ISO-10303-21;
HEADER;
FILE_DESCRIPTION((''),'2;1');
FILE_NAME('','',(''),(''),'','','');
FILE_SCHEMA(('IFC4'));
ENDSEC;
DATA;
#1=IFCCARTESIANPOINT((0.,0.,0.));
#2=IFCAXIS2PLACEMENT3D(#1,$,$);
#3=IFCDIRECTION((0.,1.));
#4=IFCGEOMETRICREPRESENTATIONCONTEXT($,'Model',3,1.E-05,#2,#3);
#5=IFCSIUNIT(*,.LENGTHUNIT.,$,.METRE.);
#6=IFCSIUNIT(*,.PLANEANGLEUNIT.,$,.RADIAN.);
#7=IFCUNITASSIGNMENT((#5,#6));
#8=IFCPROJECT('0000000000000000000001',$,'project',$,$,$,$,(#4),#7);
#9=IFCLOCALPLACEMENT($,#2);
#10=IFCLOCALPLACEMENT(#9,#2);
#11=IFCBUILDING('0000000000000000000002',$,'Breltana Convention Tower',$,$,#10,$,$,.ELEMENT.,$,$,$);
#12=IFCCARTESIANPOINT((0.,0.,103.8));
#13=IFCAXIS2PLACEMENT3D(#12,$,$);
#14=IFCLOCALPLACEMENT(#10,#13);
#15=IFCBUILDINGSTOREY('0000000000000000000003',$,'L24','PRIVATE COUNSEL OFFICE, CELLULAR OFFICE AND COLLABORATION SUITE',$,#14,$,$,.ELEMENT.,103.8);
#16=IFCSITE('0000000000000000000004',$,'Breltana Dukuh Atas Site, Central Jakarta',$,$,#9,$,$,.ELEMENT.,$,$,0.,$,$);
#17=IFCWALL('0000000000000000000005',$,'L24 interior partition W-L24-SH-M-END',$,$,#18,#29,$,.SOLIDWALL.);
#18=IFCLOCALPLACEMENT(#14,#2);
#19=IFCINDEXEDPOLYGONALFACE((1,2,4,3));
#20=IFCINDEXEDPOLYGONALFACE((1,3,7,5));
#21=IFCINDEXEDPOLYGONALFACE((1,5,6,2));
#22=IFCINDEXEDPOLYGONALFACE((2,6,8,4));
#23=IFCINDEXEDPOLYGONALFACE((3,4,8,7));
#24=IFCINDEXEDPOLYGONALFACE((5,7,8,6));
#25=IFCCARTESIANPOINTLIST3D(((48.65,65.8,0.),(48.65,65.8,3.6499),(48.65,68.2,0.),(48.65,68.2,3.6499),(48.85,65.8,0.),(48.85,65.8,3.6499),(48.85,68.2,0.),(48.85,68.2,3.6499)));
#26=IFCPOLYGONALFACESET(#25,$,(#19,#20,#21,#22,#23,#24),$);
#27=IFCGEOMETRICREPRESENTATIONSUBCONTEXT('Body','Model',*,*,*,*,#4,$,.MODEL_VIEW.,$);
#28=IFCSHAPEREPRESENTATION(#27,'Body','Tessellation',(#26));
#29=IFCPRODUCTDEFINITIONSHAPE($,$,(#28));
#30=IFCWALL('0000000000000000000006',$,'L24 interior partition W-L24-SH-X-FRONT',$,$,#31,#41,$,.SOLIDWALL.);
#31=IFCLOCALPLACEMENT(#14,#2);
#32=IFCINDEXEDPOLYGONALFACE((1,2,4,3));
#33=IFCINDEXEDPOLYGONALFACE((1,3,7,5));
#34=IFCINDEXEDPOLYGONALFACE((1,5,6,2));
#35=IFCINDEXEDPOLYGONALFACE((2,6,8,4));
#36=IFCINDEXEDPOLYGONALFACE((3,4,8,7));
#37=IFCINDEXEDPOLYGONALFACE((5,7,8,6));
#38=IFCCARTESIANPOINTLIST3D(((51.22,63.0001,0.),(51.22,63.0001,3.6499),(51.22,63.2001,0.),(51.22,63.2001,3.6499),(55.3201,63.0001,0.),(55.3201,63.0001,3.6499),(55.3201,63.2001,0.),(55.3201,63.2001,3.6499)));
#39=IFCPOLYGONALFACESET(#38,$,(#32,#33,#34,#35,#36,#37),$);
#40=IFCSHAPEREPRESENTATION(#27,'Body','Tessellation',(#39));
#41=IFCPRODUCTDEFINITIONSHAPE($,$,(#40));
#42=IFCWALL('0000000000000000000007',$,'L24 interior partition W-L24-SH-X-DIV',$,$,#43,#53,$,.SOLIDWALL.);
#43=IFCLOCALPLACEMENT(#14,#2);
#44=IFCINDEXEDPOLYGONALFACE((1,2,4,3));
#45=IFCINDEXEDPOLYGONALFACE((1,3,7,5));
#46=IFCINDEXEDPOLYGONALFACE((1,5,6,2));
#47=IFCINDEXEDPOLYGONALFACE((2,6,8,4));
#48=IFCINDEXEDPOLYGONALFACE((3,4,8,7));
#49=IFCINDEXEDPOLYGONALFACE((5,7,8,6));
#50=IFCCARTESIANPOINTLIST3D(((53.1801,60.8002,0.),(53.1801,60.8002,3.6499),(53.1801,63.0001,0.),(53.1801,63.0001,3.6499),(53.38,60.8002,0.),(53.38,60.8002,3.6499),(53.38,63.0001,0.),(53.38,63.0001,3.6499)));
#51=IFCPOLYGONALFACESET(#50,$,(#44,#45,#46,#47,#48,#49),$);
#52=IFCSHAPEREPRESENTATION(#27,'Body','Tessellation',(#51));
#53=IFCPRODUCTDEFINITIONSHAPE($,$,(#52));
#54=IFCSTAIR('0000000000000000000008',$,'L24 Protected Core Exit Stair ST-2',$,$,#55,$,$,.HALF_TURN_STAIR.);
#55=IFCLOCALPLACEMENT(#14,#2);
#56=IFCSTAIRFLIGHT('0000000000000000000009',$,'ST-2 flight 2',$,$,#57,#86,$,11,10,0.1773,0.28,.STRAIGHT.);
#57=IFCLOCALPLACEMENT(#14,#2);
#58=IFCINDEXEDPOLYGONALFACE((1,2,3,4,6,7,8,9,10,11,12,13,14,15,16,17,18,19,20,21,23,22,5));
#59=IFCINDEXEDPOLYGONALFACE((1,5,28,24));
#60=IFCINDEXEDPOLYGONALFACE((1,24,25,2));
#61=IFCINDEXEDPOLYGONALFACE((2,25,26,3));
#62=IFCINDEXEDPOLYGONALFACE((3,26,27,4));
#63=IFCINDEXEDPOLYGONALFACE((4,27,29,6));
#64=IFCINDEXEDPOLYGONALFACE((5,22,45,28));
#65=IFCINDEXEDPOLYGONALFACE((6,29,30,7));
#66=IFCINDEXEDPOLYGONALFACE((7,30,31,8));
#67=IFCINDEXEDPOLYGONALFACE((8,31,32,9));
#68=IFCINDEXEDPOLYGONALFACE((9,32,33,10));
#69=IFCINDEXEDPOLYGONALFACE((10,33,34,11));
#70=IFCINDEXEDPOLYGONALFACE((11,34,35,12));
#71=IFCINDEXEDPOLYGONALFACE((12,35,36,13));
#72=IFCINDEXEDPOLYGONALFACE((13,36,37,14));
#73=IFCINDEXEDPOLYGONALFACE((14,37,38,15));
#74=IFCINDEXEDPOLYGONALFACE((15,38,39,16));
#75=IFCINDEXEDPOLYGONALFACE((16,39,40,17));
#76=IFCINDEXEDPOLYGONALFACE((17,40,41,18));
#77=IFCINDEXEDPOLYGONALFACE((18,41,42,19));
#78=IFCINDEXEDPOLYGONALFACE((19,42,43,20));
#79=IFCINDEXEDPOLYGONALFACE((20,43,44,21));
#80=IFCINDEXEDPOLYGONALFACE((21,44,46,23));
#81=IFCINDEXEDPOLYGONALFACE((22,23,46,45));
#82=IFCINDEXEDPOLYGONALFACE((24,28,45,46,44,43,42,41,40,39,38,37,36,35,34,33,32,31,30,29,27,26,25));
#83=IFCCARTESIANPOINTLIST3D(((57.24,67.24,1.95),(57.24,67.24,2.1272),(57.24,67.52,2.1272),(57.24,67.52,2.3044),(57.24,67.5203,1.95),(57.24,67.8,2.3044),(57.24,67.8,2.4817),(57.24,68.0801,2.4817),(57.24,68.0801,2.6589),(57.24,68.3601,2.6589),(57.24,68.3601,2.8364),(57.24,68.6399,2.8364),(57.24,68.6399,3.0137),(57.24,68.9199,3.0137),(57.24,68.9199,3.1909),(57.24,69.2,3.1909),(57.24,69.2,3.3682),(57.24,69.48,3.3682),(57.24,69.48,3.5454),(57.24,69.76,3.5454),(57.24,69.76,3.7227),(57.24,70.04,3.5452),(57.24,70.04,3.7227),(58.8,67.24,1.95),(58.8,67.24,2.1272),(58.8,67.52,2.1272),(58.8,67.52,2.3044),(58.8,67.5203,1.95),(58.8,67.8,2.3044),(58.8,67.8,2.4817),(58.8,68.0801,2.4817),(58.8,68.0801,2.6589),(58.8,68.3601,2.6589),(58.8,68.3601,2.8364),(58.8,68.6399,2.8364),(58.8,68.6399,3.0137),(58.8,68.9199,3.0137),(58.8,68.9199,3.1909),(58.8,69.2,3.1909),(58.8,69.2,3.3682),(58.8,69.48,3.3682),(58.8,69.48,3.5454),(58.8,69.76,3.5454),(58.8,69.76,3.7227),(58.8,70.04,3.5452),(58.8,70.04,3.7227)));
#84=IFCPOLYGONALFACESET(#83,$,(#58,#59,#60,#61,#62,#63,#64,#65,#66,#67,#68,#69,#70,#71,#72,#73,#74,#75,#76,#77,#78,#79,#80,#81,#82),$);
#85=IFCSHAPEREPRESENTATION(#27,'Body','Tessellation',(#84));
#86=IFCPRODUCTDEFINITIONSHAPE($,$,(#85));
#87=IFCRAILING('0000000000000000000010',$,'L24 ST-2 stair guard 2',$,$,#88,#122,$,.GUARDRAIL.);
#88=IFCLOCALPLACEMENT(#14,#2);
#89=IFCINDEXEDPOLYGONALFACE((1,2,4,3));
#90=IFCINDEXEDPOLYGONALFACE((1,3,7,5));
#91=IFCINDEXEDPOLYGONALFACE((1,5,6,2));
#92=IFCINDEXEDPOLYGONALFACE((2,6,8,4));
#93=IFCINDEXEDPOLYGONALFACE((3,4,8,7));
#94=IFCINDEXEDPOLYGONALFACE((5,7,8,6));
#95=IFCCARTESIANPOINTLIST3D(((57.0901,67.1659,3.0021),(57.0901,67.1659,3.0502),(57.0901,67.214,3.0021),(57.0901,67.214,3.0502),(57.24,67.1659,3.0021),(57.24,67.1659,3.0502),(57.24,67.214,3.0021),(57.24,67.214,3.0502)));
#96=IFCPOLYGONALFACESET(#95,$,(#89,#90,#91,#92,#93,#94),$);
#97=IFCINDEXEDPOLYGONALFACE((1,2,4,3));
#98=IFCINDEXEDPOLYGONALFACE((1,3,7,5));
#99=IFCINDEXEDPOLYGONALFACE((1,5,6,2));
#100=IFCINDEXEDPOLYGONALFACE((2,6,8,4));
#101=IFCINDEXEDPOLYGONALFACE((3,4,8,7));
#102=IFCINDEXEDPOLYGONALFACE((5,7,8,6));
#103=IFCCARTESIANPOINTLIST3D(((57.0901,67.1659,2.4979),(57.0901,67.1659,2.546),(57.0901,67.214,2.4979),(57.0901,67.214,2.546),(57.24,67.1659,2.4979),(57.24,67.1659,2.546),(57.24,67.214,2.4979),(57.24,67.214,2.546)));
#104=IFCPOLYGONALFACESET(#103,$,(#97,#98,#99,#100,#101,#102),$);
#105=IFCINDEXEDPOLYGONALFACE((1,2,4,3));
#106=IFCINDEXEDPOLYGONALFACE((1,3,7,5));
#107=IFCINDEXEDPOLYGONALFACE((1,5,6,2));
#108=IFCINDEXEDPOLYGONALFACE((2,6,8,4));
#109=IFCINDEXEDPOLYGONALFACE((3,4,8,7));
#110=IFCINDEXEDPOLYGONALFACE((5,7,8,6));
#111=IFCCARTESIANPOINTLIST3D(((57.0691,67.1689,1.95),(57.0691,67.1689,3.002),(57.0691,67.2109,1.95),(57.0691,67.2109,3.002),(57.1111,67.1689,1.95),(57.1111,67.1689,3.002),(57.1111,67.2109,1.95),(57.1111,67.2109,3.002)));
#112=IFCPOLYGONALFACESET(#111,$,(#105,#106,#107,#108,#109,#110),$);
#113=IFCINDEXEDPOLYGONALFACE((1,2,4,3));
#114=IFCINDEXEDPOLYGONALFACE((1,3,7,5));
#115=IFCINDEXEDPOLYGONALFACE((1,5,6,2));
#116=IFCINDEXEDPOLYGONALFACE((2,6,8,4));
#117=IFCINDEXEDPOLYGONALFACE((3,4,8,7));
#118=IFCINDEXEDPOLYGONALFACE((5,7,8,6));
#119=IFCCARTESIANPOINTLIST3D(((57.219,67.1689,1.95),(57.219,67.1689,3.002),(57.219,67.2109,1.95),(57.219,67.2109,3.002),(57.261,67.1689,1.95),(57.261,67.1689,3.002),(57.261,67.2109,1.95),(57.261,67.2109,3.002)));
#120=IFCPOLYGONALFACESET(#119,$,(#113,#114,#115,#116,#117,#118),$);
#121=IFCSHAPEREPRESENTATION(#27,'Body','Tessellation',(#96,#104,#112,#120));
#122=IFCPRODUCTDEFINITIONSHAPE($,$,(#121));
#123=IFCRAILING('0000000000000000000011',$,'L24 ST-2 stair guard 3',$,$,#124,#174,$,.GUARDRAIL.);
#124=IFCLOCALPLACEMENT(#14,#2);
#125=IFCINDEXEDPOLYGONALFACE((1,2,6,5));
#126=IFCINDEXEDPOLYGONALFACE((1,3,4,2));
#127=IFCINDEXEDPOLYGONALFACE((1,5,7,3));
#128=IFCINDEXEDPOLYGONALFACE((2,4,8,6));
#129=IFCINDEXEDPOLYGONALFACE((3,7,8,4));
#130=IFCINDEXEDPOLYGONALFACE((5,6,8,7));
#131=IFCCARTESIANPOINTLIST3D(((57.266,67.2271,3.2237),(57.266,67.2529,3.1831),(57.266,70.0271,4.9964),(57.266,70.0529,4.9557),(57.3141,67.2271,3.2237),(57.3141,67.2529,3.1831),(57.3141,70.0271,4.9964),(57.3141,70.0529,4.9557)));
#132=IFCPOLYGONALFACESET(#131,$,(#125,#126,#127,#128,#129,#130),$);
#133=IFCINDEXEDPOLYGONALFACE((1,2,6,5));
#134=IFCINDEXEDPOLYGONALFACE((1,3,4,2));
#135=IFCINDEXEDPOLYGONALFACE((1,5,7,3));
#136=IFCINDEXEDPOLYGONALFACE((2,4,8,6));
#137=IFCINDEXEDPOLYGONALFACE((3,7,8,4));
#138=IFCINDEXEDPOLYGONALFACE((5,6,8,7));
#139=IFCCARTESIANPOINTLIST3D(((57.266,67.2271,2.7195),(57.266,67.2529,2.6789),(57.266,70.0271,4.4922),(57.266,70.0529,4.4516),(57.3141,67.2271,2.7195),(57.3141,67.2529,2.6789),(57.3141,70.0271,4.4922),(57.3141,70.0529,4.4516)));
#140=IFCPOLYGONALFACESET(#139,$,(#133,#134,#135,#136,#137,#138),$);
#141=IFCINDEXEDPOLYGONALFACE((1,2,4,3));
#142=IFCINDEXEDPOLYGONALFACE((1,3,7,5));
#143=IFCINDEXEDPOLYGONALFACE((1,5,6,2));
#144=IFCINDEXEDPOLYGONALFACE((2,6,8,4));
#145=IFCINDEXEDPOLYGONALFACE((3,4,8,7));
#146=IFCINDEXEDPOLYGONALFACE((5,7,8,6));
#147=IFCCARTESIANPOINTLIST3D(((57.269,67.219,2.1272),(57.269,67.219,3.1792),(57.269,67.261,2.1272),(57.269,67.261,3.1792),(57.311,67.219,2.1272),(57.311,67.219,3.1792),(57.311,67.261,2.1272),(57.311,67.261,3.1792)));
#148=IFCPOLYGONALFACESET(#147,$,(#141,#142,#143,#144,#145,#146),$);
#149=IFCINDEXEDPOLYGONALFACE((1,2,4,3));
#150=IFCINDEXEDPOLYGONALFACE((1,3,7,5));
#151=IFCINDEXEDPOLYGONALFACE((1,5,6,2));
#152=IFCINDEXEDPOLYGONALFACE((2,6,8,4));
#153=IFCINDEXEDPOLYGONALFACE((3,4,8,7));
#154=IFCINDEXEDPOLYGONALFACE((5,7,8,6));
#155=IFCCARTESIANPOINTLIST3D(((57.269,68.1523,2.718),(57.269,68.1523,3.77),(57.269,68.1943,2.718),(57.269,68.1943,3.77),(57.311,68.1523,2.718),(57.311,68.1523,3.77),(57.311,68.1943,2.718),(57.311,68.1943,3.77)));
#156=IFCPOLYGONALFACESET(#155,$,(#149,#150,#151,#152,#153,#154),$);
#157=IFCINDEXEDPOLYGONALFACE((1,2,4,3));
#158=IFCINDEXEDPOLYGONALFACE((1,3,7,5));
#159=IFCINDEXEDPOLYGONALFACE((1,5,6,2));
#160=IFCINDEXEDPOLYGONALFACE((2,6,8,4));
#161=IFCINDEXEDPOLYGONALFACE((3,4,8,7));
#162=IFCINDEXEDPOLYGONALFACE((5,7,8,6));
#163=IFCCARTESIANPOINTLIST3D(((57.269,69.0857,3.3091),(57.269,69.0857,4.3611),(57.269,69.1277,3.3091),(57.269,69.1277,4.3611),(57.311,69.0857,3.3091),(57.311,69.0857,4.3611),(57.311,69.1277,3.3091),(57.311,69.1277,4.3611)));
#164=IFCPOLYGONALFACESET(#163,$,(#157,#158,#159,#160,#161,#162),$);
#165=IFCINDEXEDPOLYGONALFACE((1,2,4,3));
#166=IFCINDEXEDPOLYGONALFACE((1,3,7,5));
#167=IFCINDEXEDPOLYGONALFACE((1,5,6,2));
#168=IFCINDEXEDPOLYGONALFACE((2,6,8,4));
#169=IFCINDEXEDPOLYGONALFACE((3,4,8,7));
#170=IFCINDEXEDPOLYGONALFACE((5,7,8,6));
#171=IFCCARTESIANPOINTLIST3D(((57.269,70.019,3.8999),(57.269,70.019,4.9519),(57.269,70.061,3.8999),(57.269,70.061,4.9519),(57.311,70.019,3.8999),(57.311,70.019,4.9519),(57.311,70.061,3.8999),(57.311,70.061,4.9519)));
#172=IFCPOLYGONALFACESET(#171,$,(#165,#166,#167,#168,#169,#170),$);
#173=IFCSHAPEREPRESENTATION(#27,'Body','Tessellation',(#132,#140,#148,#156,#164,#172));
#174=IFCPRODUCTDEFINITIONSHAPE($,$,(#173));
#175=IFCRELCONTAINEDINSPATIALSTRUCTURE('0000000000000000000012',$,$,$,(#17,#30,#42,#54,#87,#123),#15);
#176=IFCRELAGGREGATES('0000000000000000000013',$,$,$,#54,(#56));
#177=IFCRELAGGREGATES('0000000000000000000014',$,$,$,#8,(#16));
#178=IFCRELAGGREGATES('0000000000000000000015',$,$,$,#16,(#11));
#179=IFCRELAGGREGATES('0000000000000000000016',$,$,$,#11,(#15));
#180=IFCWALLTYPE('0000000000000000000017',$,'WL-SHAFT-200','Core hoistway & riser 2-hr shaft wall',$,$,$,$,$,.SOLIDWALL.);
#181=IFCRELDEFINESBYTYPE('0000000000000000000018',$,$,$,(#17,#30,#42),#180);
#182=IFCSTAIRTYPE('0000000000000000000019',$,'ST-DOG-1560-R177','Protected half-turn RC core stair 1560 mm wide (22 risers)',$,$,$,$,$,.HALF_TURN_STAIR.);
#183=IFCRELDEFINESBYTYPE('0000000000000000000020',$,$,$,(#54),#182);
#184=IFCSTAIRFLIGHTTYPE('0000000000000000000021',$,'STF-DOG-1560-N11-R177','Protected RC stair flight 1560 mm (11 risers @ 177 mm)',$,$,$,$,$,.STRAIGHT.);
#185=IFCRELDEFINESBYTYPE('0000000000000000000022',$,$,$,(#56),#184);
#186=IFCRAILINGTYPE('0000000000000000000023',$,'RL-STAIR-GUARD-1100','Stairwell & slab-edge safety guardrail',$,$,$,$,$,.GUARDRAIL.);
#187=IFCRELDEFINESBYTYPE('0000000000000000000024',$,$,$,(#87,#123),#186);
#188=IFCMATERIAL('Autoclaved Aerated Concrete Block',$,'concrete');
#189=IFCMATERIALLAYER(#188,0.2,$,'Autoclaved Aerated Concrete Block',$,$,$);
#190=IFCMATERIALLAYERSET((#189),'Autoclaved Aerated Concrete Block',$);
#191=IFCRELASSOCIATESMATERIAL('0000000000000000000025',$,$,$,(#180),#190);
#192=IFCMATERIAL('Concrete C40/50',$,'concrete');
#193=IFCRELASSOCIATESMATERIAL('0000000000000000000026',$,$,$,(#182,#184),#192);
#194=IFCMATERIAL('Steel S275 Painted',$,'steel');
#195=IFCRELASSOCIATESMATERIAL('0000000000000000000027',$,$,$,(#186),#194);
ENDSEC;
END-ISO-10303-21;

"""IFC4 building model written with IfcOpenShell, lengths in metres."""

from ifc_helpers import new_model, si_unit, direction, frame, frame_2d, origin, origin_2d, place, context, subcontext, project, spatial, polyline, rectangle, outline, extrude, source, transform, mapped, material, layer, layer_set, type_object, element, aggregate, save


model = new_model("IFC4")

# Units and contexts
model_context = context("Model", 3, precision=1e-05, world=origin(), true_north=direction((0.0, 1.0)))
body_context = subcontext(model_context, "Body", "Model", "MODEL_VIEW")
ifc_project = project(units=[si_unit("LENGTHUNIT", "METRE"), si_unit("PLANEANGLEUNIT", "RADIAN")], contexts=[model_context])

# Site, building, storey
site_placement = place(None, origin())
site = spatial("IfcSite", under=ifc_project, at=site_placement, Name="Breltana Dukuh Atas Site, Central Jakarta", CompositionType="ELEMENT", RefElevation=0.0)
building_placement = place(site_placement, origin())
building = spatial("IfcBuilding", under=site, at=building_placement, Name="Breltana Convention Tower", CompositionType="ELEMENT")
storey_placement = place(building_placement, frame((0.0, 0.0, 103.8)))
storey = spatial("IfcBuildingStorey", under=building, at=storey_placement, Name="L24", Description="PRIVATE COUNSEL OFFICE, CELLULAR OFFICE AND COLLABORATION SUITE", CompositionType="ELEMENT", Elevation=103.8)

# Shared definitions
ifc_material_1 = material(Name="Autoclaved Aerated Concrete Block", Category="concrete")
ifc_layer_1 = layer(ifc_material_1, 0.2, Name="Autoclaved Aerated Concrete Block")
ifc_layer_set_1 = layer_set([ifc_layer_1], Name="Autoclaved Aerated Concrete Block")
wall_type_1 = type_object("IfcWallType", Name="WL-SHAFT-200", Description="Core hoistway & riser 2-hr shaft wall", PredefinedType="SOLIDWALL", material=ifc_layer_set_1)

# Walls
shared_shape_1 = source(origin(), body_context, "Body", "SweptSolid", [
    extrude(rectangle(XDim=2.3999, YDim=0.2, at=frame_2d((1.2, 0.0))), origin(), (0.0, 0.0, 1.0), 3.6499),
])
for number, where, z_axis, x_axis, name in (
    (1, (48.75, 65.8, 0.0), (0.0, 0.0, 1.0), (0.0, 1.0, 0.0), "L24 interior partition W-L24-SH-M-END"),
):
    element("IfcWall", number, at=place(storey_placement, frame(where, z_axis=z_axis, x_axis=x_axis)), inside=storey, type_object=wall_type_1, Name=name, PredefinedType="SOLIDWALL", context=body_context, shape_type="MappedRepresentation", body=[
        mapped(shared_shape_1, transform((0.0, 0.0, 0.0), scale=1.0)),
    ])
shared_shape_2 = source(origin(), body_context, "Body", "SweptSolid", [
    extrude(rectangle(XDim=4.1001, YDim=0.2, at=frame_2d((2.05, 0.0))), origin(), (0.0, 0.0, 1.0), 3.6499),
])
wall_1_placement = place(storey_placement, frame((51.22, 63.1001, 0.0), z_axis=(0.0, 0.0, 1.0), x_axis=(1.0, 0.0, 0.0)))
element("IfcWall", 2, at=wall_1_placement, inside=storey, type_object=wall_type_1, Name="L24 interior partition W-L24-SH-X-FRONT", PredefinedType="SOLIDWALL", context=body_context, shape_type="MappedRepresentation", body=[
    mapped(shared_shape_2, transform((0.0, 0.0, 0.0), scale=1.0)),
])
shared_shape_3 = source(origin(), body_context, "Body", "SweptSolid", [
    extrude(rectangle(XDim=2.2, YDim=0.2, at=frame_2d((1.1001, 0.0))), origin(), (0.0, 0.0, 1.0), 3.6499),
])
wall_2_placement = place(storey_placement, frame((53.28, 60.8, 0.0), z_axis=(0.0, 0.0, 1.0), x_axis=(0.0, 1.0, 0.0)))
element("IfcWall", 3, at=wall_2_placement, inside=storey, type_object=wall_type_1, Name="L24 interior partition W-L24-SH-X-DIV", PredefinedType="SOLIDWALL", context=body_context, shape_type="MappedRepresentation", body=[
    mapped(shared_shape_3, transform((0.0, 0.0, 0.0), scale=1.0)),
])

# Stair, stair flight
ifc_material_2 = material(Name="Concrete C40/50", Category="concrete")
stair_type = type_object("IfcStairType", Name="ST-DOG-1560-R177", Description="Protected half-turn RC core stair 1560 mm wide (22 risers)", PredefinedType="HALF_TURN_STAIR", material=ifc_material_2)
stair_placement = place(storey_placement, origin())
stair = element("IfcStair", 4, at=stair_placement, inside=storey, type_object=stair_type, Name="L24 Protected Core Exit Stair ST-2", PredefinedType="HALF_TURN_STAIR")
stair_flight_type = type_object("IfcStairFlightType", Name="STF-DOG-1560-N11-R177", Description="Protected RC stair flight 1560 mm (11 risers @ 177 mm)", PredefinedType="STRAIGHT", material=ifc_material_2)
stair_flight_placement = place(storey_placement, frame((58.02, 67.24, 1.95), z_axis=(0.0, 0.0, 1.0), x_axis=(0.0, 1.0, 0.0)))
stair_flight = element("IfcStairFlight", 5, at=stair_flight_placement, type_object=stair_flight_type, Name="ST-2 flight 2", NumberOfRisers=11, NumberOfTreads=10, PredefinedType="STRAIGHT", RiserHeight=0.1773, TreadLength=0.28, context=body_context, shape_type="SweptSolid", body=[
    extrude(outline(polyline([(0.0, 0.0), (0.0, 0.1772), (0.28, 0.1772), (0.28, 0.3545), (0.5601, 0.3545), (0.5601, 0.5317), (0.8401, 0.5317), (0.8401, 0.709), (1.1201, 0.709), (1.1201, 0.8865), (1.3999, 0.8865), (1.3999, 1.0637), (1.6799, 1.0637), (1.6799, 1.241), (1.96, 1.241), (1.96, 1.4182), (2.24, 1.4182), (2.24, 1.5955), (2.52, 1.5955), (2.52, 1.7727), (2.8, 1.7727), (2.8, 1.95), (2.8, 1.5952), (0.2803, 0.0), (0.0, 0.0)])), frame((0.0, 0.78, 0.0), z_axis=(0.0, -1.0, 0.0), x_axis=(1.0, 0.0, 0.0)), (0.0, 0.0, 1.0), 1.5601),
])
aggregate(stair, [stair_flight])

# Railings
ifc_material_3 = material(Name="Steel S275 Painted", Category="steel")
railing_type_1 = type_object("IfcRailingType", Name="RL-STAIR-GUARD-1100", Description="Stairwell & slab-edge safety guardrail", PredefinedType="GUARDRAIL", material=ifc_material_3)
railing_1_placement = place(storey_placement, frame((57.0901, 67.1899, 1.95)))
element("IfcRailing", 6, at=railing_1_placement, inside=storey, type_object=railing_type_1, Name="L24 ST-2 stair guard 2", PredefinedType="GUARDRAIL", context=body_context, shape_type="SweptSolid", body=[
    extrude(rectangle(XDim=0.0481, YDim=0.0481, at=origin_2d()), frame((0.0, 0.0, 1.0762), z_axis=(1.0, 0.0, 0.0), x_axis=(0.0, 1.0, 0.0)), (0.0, 0.0, 1.0), 0.1499),
    extrude(rectangle(XDim=0.0481, YDim=0.0481, at=origin_2d()), frame((0.0, 0.0, 0.572), z_axis=(1.0, 0.0, 0.0), x_axis=(0.0, 1.0, 0.0)), (0.0, 0.0, 1.0), 0.1499),
    extrude(rectangle(XDim=0.042, YDim=0.042, at=origin_2d()), origin(), (0.0, 0.0, 1.0), 1.052),
    extrude(rectangle(XDim=0.042, YDim=0.042, at=origin_2d()), frame((0.1499, 0.0, 0.0)), (0.0, 0.0, 1.0), 1.052),
])
railing_2_placement = place(storey_placement, frame((57.29, 67.24, 2.1272)))
element("IfcRailing", 7, at=railing_2_placement, inside=storey, type_object=railing_type_1, Name="L24 ST-2 stair guard 3", PredefinedType="GUARDRAIL", context=body_context, shape_type="SweptSolid", body=[
    extrude(rectangle(XDim=0.0481, YDim=0.0481, at=origin_2d()), frame((0.0, 0.0, 1.0762), z_axis=(0.0, 0.844909, 0.53491), x_axis=(-1.0, 0.0, 0.0)), (0.0, 0.0, 1.0), 3.314),
    extrude(rectangle(XDim=0.0481, YDim=0.0481, at=origin_2d()), frame((0.0, 0.0, 0.572), z_axis=(0.0, 0.844909, 0.53491), x_axis=(-1.0, 0.0, 0.0)), (0.0, 0.0, 1.0), 3.314),
    extrude(rectangle(XDim=0.042, YDim=0.042, at=origin_2d()), origin(), (0.0, 0.0, 1.0), 1.052),
    extrude(rectangle(XDim=0.042, YDim=0.042, at=origin_2d()), frame((0.0, 0.9333, 0.5908)), (0.0, 0.0, 1.0), 1.052),
    extrude(rectangle(XDim=0.042, YDim=0.042, at=origin_2d()), frame((0.0, 1.8667, 1.1819)), (0.0, 0.0, 1.0), 1.052),
    extrude(rectangle(XDim=0.042, YDim=0.042, at=origin_2d()), frame((0.0, 2.8, 1.7727)), (0.0, 0.0, 1.0), 1.052),
])

save(model, "model.ifc")
